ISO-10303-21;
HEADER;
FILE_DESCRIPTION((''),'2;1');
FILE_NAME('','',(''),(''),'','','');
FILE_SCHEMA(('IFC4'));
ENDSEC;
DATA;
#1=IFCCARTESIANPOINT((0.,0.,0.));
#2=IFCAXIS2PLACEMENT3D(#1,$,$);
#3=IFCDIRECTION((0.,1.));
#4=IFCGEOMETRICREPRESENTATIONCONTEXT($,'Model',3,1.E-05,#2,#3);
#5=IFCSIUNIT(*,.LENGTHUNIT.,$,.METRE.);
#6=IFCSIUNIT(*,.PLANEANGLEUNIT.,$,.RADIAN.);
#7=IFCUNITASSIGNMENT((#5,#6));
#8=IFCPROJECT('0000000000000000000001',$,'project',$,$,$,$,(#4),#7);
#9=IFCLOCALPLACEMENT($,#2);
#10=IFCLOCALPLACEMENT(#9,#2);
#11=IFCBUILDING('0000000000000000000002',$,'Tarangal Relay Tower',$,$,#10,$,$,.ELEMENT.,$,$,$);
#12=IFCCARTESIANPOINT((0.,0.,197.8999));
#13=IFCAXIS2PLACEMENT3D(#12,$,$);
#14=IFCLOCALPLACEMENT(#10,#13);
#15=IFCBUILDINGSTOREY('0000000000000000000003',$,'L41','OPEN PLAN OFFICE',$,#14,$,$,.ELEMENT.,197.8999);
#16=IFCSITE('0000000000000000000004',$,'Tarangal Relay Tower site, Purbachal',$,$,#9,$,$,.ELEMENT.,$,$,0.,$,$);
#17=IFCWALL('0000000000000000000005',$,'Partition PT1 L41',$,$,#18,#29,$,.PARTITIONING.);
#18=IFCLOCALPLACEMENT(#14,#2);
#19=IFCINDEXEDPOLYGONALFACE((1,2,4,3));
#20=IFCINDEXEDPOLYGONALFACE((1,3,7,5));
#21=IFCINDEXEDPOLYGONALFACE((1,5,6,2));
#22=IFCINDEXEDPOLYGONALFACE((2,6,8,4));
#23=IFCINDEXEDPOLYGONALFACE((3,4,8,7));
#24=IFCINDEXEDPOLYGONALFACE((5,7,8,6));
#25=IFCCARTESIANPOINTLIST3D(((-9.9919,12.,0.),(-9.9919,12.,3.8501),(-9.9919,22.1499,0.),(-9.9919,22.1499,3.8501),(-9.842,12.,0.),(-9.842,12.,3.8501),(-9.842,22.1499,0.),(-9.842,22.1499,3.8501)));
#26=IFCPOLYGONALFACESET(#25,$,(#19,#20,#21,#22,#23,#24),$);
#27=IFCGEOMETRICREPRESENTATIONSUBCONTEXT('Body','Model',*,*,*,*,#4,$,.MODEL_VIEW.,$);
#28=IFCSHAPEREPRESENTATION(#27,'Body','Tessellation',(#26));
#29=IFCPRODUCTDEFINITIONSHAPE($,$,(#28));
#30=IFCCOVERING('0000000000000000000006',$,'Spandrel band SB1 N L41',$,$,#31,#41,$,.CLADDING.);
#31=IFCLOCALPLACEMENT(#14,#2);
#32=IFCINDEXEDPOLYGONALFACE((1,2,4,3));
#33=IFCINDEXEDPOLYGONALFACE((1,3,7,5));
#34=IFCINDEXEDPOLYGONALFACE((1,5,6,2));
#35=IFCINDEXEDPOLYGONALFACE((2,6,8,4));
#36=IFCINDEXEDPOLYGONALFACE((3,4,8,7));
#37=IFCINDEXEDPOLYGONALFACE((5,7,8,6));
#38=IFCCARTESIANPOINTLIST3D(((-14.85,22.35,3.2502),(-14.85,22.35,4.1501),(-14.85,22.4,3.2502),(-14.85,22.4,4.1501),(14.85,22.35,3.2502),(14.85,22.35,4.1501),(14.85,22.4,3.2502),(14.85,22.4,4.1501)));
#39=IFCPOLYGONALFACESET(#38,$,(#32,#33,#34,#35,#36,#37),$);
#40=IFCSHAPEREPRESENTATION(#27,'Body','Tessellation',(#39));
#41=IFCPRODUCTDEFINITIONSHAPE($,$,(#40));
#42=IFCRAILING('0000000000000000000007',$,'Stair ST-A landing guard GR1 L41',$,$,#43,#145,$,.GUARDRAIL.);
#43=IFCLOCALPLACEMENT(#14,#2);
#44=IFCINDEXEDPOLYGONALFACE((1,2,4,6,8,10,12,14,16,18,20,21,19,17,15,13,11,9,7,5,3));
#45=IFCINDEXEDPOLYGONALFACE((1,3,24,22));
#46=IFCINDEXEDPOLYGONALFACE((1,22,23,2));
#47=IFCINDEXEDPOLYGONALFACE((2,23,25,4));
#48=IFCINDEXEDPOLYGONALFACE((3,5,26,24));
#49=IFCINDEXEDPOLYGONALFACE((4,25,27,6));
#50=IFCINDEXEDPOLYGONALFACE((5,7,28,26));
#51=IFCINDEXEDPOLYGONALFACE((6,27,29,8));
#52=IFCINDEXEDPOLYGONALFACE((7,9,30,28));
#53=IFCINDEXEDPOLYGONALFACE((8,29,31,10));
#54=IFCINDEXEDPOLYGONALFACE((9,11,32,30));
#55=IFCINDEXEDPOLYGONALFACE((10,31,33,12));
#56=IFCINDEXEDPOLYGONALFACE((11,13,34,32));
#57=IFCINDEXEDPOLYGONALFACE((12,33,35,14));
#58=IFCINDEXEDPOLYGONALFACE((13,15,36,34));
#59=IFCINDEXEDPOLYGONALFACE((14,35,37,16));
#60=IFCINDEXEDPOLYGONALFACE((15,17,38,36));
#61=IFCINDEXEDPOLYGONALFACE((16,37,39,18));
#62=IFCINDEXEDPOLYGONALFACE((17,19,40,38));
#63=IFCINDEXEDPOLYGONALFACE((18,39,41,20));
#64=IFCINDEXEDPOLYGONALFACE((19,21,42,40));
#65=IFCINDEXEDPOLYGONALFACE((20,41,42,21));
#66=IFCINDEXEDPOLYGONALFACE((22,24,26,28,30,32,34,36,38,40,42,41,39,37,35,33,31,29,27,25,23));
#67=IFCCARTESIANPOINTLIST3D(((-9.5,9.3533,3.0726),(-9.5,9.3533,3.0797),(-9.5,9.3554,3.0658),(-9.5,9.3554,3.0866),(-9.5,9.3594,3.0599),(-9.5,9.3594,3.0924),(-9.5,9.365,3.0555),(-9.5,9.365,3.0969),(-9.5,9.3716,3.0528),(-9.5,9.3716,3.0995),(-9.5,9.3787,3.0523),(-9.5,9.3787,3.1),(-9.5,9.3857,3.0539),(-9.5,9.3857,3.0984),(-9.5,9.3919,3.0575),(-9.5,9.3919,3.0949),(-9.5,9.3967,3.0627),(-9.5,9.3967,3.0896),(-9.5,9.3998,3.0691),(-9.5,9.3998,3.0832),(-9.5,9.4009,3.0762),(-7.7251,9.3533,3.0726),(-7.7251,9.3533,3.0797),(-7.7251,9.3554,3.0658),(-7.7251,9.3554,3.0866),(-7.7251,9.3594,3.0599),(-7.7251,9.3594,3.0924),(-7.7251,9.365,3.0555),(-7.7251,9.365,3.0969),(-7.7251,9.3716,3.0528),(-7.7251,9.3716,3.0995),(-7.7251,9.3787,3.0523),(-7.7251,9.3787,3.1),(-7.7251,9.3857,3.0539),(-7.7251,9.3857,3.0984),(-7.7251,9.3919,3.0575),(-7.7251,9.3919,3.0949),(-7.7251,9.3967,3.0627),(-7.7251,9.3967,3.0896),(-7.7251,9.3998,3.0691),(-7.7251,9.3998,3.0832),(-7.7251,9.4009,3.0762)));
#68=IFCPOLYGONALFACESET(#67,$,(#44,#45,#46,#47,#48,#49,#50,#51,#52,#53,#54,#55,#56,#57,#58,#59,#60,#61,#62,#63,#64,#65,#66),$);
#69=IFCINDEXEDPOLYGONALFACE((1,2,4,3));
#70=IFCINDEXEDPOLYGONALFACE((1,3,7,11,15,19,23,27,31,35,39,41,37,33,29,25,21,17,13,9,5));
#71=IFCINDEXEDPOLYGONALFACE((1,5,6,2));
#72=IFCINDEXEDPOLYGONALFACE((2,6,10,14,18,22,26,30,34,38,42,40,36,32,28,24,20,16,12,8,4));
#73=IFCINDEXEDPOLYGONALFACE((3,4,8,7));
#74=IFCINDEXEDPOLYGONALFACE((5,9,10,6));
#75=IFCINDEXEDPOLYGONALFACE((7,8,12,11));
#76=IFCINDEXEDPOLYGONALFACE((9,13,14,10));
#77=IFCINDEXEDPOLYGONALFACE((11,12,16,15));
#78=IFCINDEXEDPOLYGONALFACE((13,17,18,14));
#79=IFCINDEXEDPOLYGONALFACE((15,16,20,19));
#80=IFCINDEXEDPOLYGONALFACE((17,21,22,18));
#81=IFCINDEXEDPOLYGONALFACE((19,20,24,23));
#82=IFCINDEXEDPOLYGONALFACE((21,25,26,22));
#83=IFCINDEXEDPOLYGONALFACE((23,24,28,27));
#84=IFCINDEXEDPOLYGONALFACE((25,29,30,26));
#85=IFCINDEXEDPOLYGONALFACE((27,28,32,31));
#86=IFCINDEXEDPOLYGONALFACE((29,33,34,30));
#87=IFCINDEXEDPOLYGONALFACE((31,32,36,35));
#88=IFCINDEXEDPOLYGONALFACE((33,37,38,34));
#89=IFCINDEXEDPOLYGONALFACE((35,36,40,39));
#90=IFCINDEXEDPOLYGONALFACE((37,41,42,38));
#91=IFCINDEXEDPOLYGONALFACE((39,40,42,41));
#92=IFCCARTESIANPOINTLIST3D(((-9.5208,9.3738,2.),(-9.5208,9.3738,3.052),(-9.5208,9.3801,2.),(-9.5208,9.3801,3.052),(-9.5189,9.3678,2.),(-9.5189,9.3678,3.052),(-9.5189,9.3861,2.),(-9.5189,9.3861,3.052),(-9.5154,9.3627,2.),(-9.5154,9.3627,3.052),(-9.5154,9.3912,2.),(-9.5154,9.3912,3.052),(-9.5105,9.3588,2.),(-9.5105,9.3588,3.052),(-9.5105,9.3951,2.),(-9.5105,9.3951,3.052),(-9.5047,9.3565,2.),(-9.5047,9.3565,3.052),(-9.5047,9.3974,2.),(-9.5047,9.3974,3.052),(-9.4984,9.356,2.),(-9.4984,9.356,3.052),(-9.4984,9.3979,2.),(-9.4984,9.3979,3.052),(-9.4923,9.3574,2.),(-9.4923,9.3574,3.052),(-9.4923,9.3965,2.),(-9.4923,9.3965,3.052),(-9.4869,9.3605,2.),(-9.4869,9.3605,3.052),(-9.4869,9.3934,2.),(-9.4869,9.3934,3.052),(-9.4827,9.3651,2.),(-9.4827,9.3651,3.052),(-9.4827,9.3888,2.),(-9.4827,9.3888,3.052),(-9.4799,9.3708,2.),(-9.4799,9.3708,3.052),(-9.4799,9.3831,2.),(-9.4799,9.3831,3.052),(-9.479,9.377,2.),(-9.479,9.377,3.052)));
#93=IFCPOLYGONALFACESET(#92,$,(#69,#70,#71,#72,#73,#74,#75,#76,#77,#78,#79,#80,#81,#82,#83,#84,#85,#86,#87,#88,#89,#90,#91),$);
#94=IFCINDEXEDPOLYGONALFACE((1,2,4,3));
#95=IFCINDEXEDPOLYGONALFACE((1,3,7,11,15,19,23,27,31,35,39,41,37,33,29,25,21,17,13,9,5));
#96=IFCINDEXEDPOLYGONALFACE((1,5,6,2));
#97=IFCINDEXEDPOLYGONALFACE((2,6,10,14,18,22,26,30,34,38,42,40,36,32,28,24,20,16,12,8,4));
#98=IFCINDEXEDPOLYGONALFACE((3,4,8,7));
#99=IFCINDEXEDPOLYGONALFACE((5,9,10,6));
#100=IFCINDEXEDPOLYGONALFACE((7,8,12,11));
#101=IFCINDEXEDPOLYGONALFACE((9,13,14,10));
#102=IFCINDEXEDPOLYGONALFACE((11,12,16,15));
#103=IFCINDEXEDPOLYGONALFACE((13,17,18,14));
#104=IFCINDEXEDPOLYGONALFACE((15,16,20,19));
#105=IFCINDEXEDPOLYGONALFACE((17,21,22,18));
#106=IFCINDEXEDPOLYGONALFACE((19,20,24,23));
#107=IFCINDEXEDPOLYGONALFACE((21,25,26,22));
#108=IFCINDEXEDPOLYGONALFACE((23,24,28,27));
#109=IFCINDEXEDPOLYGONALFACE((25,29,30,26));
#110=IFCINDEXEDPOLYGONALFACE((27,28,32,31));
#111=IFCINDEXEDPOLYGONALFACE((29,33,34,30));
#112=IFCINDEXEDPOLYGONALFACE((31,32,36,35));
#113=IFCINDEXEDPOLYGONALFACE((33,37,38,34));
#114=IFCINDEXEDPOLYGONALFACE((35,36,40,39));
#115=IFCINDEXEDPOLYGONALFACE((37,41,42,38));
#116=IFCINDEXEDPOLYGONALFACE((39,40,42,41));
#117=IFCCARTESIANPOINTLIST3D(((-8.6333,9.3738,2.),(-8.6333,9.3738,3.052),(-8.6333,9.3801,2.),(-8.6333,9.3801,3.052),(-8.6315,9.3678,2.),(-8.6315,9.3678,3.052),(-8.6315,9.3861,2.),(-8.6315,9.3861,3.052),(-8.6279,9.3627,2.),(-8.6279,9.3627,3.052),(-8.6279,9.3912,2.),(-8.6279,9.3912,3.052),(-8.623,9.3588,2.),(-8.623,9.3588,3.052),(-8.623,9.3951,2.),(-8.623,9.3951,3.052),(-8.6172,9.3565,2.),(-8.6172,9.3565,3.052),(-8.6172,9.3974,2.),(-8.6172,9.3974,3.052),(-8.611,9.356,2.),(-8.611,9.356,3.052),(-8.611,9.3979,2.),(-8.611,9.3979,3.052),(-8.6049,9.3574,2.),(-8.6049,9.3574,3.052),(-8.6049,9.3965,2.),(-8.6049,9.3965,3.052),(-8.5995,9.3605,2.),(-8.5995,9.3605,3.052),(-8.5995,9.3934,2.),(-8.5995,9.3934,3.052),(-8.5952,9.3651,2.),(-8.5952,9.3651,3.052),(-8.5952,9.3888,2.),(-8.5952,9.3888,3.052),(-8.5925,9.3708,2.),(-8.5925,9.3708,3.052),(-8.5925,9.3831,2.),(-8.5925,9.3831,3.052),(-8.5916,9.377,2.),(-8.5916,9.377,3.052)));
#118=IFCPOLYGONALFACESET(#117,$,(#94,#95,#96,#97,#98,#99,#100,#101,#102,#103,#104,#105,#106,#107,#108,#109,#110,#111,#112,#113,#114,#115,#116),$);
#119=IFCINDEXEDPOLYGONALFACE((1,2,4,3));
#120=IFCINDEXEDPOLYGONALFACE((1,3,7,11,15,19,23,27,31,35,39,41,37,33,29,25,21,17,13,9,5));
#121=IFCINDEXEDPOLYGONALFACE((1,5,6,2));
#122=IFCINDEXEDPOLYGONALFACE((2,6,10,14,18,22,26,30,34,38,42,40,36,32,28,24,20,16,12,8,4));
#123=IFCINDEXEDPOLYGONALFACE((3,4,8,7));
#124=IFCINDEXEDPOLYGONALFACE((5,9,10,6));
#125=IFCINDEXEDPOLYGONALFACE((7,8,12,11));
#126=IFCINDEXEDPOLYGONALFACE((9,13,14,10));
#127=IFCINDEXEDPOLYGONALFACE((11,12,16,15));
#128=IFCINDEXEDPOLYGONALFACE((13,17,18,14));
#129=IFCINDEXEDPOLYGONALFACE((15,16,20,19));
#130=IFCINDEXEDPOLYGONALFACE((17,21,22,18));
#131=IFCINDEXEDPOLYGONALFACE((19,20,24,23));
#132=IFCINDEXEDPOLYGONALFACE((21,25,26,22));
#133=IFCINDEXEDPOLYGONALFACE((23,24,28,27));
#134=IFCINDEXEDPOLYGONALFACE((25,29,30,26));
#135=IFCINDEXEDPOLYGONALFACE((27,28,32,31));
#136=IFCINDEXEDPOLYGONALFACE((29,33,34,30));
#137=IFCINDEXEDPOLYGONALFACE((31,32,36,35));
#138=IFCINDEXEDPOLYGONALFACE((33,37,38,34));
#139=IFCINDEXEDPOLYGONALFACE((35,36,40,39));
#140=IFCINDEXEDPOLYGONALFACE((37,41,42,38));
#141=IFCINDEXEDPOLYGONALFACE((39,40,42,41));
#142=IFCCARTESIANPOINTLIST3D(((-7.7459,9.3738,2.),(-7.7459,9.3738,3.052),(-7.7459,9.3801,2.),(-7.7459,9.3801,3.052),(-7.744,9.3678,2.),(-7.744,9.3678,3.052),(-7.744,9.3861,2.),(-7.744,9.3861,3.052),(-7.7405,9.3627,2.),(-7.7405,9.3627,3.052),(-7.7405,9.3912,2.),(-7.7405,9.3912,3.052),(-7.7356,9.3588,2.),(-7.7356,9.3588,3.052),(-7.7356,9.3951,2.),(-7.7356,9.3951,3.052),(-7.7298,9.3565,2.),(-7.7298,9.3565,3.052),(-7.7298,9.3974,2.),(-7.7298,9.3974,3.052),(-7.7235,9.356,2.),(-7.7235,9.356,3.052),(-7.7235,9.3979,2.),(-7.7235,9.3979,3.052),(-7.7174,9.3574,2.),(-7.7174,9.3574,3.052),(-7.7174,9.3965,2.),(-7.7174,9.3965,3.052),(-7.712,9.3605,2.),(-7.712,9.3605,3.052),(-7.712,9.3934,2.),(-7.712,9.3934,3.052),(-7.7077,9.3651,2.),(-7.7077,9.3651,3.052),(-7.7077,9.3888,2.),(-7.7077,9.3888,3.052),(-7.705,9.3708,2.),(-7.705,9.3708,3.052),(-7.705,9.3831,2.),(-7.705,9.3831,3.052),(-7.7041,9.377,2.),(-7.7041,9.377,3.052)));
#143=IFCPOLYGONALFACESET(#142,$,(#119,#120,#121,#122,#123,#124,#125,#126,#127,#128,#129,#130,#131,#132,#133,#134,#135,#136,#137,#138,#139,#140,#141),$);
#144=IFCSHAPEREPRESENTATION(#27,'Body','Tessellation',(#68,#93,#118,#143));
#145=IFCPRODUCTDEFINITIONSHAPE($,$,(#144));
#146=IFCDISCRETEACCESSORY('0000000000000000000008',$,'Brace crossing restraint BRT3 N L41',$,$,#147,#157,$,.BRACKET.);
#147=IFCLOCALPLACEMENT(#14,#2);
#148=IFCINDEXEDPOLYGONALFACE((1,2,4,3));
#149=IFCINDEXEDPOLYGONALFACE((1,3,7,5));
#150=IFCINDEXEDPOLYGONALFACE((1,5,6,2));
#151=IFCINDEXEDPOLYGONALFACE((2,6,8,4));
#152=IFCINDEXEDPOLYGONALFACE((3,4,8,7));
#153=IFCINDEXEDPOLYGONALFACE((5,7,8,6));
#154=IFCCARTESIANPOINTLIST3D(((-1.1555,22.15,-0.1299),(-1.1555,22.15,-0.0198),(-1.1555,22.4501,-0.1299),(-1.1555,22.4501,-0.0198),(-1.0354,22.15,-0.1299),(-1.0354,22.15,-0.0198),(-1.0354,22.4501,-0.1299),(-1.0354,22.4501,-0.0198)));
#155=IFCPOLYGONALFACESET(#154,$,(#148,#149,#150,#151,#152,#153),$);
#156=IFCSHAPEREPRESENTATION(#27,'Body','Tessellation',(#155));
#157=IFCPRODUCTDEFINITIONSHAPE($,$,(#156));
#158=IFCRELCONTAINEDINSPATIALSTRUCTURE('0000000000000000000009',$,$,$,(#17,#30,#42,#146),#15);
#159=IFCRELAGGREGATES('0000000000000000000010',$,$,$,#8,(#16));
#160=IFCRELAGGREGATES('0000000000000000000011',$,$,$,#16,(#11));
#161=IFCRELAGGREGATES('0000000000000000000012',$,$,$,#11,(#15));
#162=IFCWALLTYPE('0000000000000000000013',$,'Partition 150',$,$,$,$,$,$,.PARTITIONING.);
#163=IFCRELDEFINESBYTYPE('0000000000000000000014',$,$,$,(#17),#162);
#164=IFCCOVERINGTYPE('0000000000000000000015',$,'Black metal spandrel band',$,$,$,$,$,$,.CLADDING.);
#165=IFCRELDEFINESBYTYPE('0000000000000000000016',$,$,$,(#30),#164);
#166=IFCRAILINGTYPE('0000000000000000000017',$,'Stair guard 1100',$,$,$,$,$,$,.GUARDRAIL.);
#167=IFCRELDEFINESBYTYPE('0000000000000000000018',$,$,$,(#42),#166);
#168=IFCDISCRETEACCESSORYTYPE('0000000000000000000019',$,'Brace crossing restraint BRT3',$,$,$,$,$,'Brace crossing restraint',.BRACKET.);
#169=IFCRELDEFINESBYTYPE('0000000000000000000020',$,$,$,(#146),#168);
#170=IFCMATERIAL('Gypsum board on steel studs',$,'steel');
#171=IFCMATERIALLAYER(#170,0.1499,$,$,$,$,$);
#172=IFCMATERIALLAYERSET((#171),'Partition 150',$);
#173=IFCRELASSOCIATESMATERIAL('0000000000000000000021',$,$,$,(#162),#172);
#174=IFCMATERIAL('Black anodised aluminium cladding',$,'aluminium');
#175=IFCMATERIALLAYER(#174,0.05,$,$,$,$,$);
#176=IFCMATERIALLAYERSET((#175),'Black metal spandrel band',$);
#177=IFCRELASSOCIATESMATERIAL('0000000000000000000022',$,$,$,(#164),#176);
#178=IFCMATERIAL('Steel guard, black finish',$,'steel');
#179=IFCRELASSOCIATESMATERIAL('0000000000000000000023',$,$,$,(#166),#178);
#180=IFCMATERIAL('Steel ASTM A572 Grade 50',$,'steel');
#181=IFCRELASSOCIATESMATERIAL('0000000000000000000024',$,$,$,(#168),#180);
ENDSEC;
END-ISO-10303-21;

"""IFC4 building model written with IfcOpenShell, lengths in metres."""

from ifc_helpers import new_model, si_unit, direction, frame, frame_2d, origin, origin_2d, place, context, subcontext, project, spatial, rectangle, circle, extrude, material, layer, layer_set, type_object, element, save


model = new_model("IFC4")

# Units and contexts
model_context = context("Model", 3, precision=1e-05, world=origin(), true_north=direction((0.0, 1.0)))
body_context = subcontext(model_context, "Body", "Model", "MODEL_VIEW")
ifc_project = project(units=[si_unit("LENGTHUNIT", "METRE"), si_unit("PLANEANGLEUNIT", "RADIAN")], contexts=[model_context])

# Site, building, storey
site_placement = place(None, origin())
site = spatial("IfcSite", under=ifc_project, at=site_placement, Name="Tarangal Relay Tower site, Purbachal", CompositionType="ELEMENT", RefElevation=0.0)
building_placement = place(site_placement, origin())
building = spatial("IfcBuilding", under=site, at=building_placement, Name="Tarangal Relay Tower", CompositionType="ELEMENT")
storey_placement = place(building_placement, frame((0.0, 0.0, 197.8999)))
storey = spatial("IfcBuildingStorey", under=building, at=storey_placement, Name="L41", Description="OPEN PLAN OFFICE", CompositionType="ELEMENT", Elevation=197.8999)

# Shared definitions
ifc_material_1 = material(Name="Steel ASTM A572 Grade 50", Category="steel")

# Wall
ifc_material_2 = material(Name="Gypsum board on steel studs", Category="steel")
ifc_layer_1 = layer(ifc_material_2, 0.1499)
ifc_layer_set_1 = layer_set([ifc_layer_1], Name="Partition 150")
wall_type_1 = type_object("IfcWallType", Name="Partition 150", PredefinedType="PARTITIONING", material=ifc_layer_set_1)
wall_1_placement = place(storey_placement, frame((-9.917, 12.0, 0.0), z_axis=(0.0, 0.0, 1.0), x_axis=(0.0, 1.0, 0.0)))
element("IfcWall", 1, at=wall_1_placement, inside=storey, type_object=wall_type_1, Name="Partition PT1 L41", PredefinedType="PARTITIONING", context=body_context, shape_type="SweptSolid", body=[
    extrude(rectangle(XDim=10.1499, YDim=0.1499, at=frame_2d((5.075, 0.0))), origin(), (0.0, 0.0, 1.0), 3.8501),
])

# Covering
ifc_material_3 = material(Name="Black anodised aluminium cladding", Category="aluminium")
ifc_layer_2 = layer(ifc_material_3, 0.05)
ifc_layer_set_2 = layer_set([ifc_layer_2], Name="Black metal spandrel band")
covering_type = type_object("IfcCoveringType", Name="Black metal spandrel band", PredefinedType="CLADDING", material=ifc_layer_set_2)
covering_placement = place(storey_placement, frame((0.0, 22.375, 3.2502), z_axis=(0.0, 0.0, 1.0), x_axis=(1.0, 0.0, 0.0)))
element("IfcCovering", 2, at=covering_placement, inside=storey, type_object=covering_type, Name="Spandrel band SB1 N L41", PredefinedType="CLADDING", context=body_context, shape_type="SweptSolid", body=[
    extrude(rectangle(XDim=29.7, YDim=0.05, at=origin_2d()), origin(), (0.0, 0.0, 1.0), 0.8999),
])

# Railing
ifc_material_4 = material(Name="Steel guard, black finish", Category="steel")
railing_type = type_object("IfcRailingType", Name="Stair guard 1100", PredefinedType="GUARDRAIL", material=ifc_material_4)
railing_placement = place(storey_placement, frame((-9.5, 9.377, 2.0)))
element("IfcRailing", 3, at=railing_placement, inside=storey, type_object=railing_type, Name="Stair ST-A landing guard GR1 L41", PredefinedType="GUARDRAIL", context=body_context, shape_type="SweptSolid", body=[
    extrude(circle(Radius=0.0239, at=origin_2d()), frame((0.0, 0.0, 1.0762), z_axis=(1.0, 0.0, 0.0), x_axis=(0.0, 1.0, 0.0)), (0.0, 0.0, 1.0), 1.7749),
    extrude(circle(Radius=0.021, at=origin_2d()), origin(), (0.0, 0.0, 1.0), 1.052),
    extrude(circle(Radius=0.021, at=origin_2d()), frame((0.8875, 0.0, 0.0)), (0.0, 0.0, 1.0), 1.052),
    extrude(circle(Radius=0.021, at=origin_2d()), frame((1.7749, 0.0, 0.0)), (0.0, 0.0, 1.0), 1.052),
])

# Discrete accessory
discrete_accessory_type = type_object("IfcDiscreteAccessoryType", Name="Brace crossing restraint BRT3", ElementType="Brace crossing restraint", PredefinedType="BRACKET", material=ifc_material_1)
discrete_accessory_placement = place(storey_placement, frame((-1.0955, 22.3, -0.1299), z_axis=(0.0, 0.0, 1.0), x_axis=(1.0, 0.0, 0.0)))
element("IfcDiscreteAccessory", 4, at=discrete_accessory_placement, inside=storey, type_object=discrete_accessory_type, Name="Brace crossing restraint BRT3 N L41", PredefinedType="BRACKET", context=body_context, shape_type="SweptSolid", body=[
    extrude(rectangle(XDim=0.1201, YDim=0.3, at=origin_2d()), origin(), (0.0, 0.0, 1.0), 0.1101),
])

save(model, "model.ifc")
